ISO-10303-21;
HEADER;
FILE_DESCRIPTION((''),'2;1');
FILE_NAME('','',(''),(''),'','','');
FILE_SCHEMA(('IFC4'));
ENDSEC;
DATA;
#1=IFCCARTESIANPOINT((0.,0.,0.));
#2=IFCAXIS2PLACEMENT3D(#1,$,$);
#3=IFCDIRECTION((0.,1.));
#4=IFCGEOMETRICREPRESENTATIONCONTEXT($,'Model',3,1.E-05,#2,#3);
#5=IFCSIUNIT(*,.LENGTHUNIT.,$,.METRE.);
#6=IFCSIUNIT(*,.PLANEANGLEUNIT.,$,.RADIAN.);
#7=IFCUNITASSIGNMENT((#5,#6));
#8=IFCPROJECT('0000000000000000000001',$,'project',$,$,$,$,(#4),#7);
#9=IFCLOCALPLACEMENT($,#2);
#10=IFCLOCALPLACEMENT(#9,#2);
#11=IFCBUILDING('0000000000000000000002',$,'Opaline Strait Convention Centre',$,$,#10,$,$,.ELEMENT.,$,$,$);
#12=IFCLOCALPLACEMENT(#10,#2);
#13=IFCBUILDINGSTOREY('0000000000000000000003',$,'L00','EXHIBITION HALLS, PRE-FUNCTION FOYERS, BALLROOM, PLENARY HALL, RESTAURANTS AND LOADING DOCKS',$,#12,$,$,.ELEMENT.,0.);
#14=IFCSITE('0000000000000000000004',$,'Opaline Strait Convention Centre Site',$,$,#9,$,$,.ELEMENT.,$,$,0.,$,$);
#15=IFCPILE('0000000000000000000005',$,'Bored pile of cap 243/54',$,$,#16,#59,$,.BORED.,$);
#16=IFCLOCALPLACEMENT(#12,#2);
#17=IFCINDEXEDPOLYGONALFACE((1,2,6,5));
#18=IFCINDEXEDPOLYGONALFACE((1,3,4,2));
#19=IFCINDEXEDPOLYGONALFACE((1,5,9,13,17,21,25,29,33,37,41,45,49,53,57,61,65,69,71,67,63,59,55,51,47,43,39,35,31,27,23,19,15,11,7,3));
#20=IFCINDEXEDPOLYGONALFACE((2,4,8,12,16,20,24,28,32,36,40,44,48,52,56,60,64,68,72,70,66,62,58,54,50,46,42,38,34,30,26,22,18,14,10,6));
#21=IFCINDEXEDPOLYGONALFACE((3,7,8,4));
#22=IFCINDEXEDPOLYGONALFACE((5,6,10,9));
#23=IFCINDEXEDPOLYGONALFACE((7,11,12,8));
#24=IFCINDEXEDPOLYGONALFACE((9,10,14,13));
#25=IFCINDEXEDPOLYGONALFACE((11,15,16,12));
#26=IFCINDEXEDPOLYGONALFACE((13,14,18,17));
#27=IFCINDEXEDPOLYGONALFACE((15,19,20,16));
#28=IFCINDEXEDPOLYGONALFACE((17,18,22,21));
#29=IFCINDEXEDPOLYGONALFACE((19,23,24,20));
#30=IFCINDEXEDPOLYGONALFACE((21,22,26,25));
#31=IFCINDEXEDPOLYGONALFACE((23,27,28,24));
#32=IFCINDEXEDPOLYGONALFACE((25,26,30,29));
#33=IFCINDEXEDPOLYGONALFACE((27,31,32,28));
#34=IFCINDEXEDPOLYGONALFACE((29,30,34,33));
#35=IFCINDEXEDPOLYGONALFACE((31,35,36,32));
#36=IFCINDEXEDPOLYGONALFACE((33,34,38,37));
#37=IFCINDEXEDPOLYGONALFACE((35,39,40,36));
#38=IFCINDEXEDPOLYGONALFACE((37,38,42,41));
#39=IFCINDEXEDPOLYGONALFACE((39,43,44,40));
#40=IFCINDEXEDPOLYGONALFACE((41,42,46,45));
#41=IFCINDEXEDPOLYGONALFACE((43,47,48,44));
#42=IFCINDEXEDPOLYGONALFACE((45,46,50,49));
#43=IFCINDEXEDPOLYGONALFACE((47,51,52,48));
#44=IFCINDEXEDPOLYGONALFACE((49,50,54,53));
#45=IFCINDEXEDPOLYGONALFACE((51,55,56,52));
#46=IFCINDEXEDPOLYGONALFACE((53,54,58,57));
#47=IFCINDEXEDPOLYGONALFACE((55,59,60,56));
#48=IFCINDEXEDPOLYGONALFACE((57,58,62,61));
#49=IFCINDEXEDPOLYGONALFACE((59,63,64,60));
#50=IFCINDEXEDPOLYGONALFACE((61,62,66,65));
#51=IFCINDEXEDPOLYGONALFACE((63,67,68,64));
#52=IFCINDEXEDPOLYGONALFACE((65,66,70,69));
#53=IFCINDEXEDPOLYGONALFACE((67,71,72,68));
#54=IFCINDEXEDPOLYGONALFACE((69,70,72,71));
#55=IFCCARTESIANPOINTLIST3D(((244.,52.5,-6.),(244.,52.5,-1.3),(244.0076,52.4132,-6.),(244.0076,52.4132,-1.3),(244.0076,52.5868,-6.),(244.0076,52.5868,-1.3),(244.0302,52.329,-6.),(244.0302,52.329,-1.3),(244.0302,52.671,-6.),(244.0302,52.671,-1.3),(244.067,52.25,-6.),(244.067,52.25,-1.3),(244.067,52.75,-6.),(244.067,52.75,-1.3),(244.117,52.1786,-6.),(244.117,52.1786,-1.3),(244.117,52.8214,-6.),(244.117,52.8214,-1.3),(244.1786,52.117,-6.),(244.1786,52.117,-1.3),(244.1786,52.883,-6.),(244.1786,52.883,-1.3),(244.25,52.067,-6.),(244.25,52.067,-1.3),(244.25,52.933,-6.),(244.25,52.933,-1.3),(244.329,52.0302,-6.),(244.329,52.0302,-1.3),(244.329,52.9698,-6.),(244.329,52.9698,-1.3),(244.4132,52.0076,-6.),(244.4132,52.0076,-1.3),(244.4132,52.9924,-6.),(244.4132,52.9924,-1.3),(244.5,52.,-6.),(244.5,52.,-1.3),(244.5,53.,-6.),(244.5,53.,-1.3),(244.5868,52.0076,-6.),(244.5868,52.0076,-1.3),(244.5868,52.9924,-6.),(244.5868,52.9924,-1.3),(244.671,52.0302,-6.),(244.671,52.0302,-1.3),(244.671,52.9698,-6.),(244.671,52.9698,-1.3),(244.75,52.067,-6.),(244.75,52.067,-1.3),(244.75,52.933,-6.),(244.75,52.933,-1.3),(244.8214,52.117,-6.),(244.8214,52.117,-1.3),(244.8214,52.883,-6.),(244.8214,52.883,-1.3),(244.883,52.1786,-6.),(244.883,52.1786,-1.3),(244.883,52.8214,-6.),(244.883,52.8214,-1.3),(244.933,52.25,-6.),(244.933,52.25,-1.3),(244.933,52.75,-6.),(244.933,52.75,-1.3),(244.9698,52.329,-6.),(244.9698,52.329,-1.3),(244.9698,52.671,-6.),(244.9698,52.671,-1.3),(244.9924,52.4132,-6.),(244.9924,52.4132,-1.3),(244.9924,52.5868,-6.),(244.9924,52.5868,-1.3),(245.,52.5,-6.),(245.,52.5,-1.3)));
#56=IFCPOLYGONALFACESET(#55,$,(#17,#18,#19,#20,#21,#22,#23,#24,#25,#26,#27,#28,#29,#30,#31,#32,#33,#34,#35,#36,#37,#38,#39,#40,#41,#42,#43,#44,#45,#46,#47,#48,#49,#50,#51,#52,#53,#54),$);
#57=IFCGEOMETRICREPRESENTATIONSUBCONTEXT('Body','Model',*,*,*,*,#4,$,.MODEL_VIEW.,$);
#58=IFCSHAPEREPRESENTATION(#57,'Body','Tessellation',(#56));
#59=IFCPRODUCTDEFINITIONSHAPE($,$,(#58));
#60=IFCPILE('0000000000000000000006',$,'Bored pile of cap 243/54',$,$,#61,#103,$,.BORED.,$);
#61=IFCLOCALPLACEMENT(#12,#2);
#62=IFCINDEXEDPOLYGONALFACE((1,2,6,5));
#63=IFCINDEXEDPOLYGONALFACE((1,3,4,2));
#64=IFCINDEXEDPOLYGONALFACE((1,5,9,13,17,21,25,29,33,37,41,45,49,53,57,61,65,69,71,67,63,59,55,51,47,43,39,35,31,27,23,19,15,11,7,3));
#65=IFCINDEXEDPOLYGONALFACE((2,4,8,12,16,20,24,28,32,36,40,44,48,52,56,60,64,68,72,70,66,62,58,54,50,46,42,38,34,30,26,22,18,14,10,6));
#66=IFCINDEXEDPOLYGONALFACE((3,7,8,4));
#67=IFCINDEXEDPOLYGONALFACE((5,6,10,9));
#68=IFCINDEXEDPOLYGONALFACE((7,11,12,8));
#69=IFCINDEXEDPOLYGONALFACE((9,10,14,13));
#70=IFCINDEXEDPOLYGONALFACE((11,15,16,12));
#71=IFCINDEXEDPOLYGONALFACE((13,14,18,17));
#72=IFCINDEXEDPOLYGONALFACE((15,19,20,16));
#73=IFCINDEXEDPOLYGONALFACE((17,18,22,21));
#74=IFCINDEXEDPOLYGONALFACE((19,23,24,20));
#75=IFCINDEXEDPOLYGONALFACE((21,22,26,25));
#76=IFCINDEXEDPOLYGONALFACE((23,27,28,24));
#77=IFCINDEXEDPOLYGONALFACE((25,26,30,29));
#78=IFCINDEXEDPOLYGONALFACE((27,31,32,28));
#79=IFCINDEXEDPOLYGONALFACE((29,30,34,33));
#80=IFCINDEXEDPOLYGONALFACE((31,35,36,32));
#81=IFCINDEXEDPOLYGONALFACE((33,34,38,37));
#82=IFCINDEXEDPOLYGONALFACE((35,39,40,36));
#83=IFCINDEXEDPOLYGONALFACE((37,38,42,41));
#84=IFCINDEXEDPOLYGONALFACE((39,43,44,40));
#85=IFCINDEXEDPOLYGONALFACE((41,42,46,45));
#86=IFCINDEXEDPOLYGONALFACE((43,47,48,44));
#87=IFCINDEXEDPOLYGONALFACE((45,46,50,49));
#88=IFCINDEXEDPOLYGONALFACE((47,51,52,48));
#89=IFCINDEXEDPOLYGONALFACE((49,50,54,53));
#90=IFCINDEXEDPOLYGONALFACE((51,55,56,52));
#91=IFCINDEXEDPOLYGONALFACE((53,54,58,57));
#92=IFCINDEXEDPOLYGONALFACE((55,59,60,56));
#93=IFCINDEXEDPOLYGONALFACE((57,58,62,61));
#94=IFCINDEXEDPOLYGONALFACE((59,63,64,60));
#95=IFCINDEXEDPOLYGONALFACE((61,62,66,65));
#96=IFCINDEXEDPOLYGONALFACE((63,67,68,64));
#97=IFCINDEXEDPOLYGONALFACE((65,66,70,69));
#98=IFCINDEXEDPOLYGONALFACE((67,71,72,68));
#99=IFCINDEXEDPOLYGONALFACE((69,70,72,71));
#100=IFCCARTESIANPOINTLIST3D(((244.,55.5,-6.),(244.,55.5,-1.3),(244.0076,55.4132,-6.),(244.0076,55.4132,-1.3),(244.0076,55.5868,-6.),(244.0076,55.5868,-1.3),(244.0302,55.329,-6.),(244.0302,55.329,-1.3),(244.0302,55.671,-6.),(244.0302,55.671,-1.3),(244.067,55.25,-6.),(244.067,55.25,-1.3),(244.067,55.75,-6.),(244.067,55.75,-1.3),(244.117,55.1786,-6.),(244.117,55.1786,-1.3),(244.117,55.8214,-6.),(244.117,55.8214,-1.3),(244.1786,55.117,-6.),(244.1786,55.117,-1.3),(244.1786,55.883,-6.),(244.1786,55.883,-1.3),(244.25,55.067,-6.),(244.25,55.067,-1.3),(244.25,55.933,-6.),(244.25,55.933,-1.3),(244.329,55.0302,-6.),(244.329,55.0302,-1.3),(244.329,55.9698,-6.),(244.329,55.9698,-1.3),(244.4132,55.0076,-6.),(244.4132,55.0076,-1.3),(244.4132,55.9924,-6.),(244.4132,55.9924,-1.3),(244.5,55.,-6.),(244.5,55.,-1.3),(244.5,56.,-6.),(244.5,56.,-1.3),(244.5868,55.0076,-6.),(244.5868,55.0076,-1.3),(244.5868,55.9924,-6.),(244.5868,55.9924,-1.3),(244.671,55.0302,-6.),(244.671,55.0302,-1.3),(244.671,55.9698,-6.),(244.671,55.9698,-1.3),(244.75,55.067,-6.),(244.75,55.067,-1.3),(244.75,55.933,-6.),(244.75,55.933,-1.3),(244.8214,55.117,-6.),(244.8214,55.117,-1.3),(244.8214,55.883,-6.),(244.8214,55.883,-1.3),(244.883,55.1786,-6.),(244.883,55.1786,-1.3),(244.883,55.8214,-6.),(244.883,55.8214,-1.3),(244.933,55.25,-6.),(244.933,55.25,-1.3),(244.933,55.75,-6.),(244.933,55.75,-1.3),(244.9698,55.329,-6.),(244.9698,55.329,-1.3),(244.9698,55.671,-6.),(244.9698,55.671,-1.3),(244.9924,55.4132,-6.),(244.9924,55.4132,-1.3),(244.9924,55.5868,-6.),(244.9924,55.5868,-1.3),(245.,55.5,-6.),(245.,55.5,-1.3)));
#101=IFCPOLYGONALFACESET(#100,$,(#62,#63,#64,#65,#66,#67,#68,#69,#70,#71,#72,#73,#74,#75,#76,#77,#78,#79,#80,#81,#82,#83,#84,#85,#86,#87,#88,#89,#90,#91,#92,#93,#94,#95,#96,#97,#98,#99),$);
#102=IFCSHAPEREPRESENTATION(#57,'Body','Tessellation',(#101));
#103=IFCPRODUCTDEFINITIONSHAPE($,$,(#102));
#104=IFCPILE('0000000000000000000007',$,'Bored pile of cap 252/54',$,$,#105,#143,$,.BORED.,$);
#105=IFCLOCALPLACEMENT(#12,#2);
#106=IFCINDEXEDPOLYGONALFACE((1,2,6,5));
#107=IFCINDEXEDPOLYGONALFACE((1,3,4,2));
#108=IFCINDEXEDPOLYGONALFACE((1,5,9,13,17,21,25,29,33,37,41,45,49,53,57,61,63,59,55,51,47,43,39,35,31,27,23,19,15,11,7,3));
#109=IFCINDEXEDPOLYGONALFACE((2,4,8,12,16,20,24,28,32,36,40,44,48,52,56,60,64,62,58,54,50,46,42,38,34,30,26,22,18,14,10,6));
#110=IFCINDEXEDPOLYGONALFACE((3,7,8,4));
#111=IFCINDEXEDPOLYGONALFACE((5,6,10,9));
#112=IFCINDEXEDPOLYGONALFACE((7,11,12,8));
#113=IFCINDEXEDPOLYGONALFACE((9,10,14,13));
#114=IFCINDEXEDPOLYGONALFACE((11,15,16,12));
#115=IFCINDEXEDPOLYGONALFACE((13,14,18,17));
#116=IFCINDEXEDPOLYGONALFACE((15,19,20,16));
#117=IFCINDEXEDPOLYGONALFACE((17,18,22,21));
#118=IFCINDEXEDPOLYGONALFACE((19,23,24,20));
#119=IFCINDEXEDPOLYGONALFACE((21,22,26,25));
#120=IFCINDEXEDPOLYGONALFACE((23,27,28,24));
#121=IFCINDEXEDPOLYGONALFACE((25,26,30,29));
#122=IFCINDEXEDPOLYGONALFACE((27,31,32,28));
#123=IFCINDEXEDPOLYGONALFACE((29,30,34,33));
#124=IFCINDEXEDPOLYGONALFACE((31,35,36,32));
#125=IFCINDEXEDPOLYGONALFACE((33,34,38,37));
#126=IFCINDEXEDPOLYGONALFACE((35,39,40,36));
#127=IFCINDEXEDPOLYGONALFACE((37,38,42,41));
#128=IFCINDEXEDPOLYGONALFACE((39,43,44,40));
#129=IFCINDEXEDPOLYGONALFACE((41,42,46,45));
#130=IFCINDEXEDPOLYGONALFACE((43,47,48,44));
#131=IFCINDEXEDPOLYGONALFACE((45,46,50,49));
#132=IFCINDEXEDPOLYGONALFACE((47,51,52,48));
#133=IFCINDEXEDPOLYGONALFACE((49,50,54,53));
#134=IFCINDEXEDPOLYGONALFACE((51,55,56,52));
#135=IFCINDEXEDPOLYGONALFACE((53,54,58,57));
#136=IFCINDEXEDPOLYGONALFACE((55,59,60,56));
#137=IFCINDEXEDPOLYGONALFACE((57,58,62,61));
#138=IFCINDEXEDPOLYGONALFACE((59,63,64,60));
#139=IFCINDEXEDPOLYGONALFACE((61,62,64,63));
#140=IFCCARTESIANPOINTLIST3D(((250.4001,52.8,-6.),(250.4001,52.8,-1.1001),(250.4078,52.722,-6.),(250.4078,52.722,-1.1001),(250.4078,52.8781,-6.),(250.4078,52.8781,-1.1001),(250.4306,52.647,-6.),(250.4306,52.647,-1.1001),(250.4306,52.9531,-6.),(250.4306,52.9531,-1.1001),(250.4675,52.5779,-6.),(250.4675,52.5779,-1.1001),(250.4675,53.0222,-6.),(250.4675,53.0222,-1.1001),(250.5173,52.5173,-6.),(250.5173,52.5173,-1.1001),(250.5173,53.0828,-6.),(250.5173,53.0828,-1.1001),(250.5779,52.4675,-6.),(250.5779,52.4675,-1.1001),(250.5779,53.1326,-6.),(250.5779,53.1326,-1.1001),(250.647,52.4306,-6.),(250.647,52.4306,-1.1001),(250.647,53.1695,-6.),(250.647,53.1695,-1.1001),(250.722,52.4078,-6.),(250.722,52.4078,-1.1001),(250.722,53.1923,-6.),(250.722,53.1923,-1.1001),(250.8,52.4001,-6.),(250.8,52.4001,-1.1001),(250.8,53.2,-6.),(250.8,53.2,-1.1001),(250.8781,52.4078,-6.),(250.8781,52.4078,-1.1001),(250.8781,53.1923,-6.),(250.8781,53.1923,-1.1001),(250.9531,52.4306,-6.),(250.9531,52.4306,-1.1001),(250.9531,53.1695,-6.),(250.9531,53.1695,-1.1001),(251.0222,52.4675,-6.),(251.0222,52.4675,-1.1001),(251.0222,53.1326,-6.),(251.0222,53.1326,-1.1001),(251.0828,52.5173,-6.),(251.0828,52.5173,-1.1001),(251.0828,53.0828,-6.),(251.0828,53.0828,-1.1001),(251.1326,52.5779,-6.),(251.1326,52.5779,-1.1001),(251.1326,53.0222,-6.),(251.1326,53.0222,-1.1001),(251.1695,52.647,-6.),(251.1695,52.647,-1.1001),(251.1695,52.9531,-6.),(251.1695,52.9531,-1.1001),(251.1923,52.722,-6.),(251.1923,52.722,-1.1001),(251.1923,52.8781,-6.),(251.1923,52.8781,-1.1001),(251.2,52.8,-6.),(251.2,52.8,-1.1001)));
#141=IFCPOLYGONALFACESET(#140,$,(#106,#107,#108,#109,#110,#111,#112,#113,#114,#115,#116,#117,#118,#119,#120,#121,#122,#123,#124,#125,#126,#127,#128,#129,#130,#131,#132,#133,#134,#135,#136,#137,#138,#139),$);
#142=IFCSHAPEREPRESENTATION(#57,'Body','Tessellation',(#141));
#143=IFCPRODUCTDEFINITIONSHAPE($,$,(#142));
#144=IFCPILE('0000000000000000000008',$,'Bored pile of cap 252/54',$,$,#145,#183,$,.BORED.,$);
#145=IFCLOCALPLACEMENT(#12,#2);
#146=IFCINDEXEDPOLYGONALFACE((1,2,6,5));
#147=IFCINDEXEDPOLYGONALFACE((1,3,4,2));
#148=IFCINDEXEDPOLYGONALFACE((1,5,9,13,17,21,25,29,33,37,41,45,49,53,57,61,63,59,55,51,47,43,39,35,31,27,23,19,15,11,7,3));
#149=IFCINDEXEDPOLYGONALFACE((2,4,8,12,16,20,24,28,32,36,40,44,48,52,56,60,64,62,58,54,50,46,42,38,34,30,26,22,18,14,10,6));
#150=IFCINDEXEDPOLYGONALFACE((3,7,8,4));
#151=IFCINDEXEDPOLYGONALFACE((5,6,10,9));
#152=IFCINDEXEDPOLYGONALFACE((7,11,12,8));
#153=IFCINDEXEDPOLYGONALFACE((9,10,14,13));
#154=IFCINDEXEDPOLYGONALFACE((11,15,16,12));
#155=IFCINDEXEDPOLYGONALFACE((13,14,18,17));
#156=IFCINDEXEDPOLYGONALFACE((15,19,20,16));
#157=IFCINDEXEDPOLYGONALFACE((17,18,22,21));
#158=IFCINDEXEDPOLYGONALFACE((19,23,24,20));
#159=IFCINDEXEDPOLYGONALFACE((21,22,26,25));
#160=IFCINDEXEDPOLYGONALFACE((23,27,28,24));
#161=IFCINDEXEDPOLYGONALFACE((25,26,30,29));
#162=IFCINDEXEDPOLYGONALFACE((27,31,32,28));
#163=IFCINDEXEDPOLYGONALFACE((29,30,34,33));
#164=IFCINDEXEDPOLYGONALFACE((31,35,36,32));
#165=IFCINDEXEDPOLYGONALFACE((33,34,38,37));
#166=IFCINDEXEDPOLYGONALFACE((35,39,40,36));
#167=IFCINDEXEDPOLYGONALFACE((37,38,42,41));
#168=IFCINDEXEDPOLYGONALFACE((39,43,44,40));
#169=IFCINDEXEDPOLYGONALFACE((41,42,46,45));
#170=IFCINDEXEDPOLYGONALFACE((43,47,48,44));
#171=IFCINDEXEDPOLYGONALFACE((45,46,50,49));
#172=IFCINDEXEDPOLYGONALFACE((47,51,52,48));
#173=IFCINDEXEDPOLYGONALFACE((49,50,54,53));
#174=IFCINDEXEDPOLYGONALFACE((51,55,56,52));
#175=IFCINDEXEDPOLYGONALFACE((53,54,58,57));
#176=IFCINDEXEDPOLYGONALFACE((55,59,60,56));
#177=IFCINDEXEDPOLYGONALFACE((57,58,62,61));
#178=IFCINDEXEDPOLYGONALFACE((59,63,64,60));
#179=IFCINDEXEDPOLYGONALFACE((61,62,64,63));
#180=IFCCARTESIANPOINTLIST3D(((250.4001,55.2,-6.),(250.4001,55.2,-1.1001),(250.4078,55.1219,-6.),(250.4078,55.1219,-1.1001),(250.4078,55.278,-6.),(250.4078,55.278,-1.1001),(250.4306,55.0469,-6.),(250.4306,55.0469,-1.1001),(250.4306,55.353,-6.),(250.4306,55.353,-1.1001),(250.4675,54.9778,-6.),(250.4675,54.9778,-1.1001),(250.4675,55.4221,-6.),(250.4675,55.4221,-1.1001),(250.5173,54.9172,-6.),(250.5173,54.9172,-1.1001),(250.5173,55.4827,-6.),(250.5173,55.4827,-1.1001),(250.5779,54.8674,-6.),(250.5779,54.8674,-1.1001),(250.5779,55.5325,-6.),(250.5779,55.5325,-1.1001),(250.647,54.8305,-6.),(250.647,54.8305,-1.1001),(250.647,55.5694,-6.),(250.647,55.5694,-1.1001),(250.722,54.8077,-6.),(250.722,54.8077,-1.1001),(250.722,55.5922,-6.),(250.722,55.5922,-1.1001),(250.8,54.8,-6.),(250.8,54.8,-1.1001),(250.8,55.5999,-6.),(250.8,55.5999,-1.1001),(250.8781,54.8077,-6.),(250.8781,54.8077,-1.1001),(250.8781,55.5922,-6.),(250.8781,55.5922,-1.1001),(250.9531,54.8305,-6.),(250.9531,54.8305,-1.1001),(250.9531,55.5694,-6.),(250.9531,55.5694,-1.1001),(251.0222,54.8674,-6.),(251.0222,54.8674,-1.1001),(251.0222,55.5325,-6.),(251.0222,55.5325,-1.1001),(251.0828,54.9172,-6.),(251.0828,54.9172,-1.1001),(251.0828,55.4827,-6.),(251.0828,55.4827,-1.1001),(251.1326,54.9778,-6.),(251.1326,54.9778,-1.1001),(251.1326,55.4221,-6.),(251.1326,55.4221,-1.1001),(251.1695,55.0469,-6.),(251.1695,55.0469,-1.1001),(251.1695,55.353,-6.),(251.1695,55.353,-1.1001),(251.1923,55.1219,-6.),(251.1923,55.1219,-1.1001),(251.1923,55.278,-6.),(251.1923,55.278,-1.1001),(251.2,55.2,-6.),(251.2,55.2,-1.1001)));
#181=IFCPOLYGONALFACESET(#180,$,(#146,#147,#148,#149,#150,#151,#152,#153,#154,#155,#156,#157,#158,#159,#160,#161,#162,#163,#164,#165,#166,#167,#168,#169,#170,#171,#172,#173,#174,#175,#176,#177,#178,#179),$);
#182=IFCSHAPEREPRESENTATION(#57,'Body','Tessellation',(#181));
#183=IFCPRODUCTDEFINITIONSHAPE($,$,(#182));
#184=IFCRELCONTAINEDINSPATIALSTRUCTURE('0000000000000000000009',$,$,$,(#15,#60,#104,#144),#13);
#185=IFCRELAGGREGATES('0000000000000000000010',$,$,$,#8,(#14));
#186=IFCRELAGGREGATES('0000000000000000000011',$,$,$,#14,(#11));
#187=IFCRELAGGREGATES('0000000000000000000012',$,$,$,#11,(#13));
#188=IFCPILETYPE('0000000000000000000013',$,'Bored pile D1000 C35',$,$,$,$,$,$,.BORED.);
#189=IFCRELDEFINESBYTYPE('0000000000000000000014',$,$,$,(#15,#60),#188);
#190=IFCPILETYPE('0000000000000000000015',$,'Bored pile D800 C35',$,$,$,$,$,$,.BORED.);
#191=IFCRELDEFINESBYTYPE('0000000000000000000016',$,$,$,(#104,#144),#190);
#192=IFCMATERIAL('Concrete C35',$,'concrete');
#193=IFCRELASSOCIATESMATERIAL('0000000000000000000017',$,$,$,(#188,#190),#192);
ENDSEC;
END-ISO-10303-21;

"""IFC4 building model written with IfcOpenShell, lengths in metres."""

from ifc_helpers import new_model, si_unit, direction, frame, origin, origin_2d, place, context, subcontext, project, spatial, circle, extrude, material, material_profile, profile_set, type_object, element, save


model = new_model("IFC4")

# Units and contexts
model_context = context("Model", 3, precision=1e-05, world=origin(), true_north=direction((0.0, 1.0)))
body_context = subcontext(model_context, "Body", "Model", "MODEL_VIEW")
ifc_project = project(units=[si_unit("LENGTHUNIT", "METRE"), si_unit("PLANEANGLEUNIT", "RADIAN")], contexts=[model_context])

# Site, building, storey
site_placement = place(None, origin())
site = spatial("IfcSite", under=ifc_project, at=site_placement, Name="Opaline Strait Convention Centre Site", CompositionType="ELEMENT", RefElevation=0.0)
building_placement = place(site_placement, origin())
building = spatial("IfcBuilding", under=site, at=building_placement, Name="Opaline Strait Convention Centre", CompositionType="ELEMENT")
storey_placement = place(building_placement, origin())
storey = spatial("IfcBuildingStorey", under=building, at=storey_placement, Name="L00", Description="EXHIBITION HALLS, PRE-FUNCTION FOYERS, BALLROOM, PLENARY HALL, RESTAURANTS AND LOADING DOCKS", CompositionType="ELEMENT", Elevation=0.0)

# Piles
ifc_material_1 = material(Name="Concrete C35", Category="concrete")
ifc_material_profile_1 = material_profile(ifc_material_1, circle(Radius=0.5, at=origin_2d()), Name="D1000")
ifc_profile_set_1 = profile_set([ifc_material_profile_1], Name="Concrete C35")
pile_type_1 = type_object("IfcPileType", Name="Bored pile D1000 C35", PredefinedType="BORED", material=ifc_profile_set_1)
for number, where, z_axis, x_axis, name in (
    (1, (244.5, 52.5, -1.3), (0.0, 0.0, -1.0), (1.0, 0.0, 0.0), "Bored pile of cap 243/54"),
    (2, (244.5, 55.5, -1.3), (0.0, 0.0, -1.0), (1.0, 0.0, 0.0), "Bored pile of cap 243/54"),
):
    element("IfcPile", number, at=place(storey_placement, frame(where, z_axis=z_axis, x_axis=x_axis)), inside=storey, type_object=pile_type_1, Name=name, PredefinedType="BORED", context=body_context, shape_type="SweptSolid", body=[
        extrude(circle(Radius=0.5, at=origin_2d()), origin(), (0.0, 0.0, 1.0), 4.7),
    ])
ifc_material_profile_2 = material_profile(ifc_material_1, circle(Radius=0.3999, at=origin_2d()), Name="D800")
ifc_profile_set_2 = profile_set([ifc_material_profile_2], Name="Concrete C35")
pile_type_2 = type_object("IfcPileType", Name="Bored pile D800 C35", PredefinedType="BORED", material=ifc_profile_set_2)
for number, where, z_axis, x_axis, name in (
    (3, (250.8, 52.8, -1.1001), (0.0, 0.0, -1.0), (1.0, 0.0, 0.0), "Bored pile of cap 252/54"),
    (4, (250.8, 55.2, -1.1001), (0.0, 0.0, -1.0), (1.0, 0.0, 0.0), "Bored pile of cap 252/54"),
):
    element("IfcPile", number, at=place(storey_placement, frame(where, z_axis=z_axis, x_axis=x_axis)), inside=storey, type_object=pile_type_2, Name=name, PredefinedType="BORED", context=body_context, shape_type="SweptSolid", body=[
        extrude(circle(Radius=0.3999, at=origin_2d()), origin(), (0.0, 0.0, 1.0), 4.8999),
    ])

save(model, "model.ifc")
